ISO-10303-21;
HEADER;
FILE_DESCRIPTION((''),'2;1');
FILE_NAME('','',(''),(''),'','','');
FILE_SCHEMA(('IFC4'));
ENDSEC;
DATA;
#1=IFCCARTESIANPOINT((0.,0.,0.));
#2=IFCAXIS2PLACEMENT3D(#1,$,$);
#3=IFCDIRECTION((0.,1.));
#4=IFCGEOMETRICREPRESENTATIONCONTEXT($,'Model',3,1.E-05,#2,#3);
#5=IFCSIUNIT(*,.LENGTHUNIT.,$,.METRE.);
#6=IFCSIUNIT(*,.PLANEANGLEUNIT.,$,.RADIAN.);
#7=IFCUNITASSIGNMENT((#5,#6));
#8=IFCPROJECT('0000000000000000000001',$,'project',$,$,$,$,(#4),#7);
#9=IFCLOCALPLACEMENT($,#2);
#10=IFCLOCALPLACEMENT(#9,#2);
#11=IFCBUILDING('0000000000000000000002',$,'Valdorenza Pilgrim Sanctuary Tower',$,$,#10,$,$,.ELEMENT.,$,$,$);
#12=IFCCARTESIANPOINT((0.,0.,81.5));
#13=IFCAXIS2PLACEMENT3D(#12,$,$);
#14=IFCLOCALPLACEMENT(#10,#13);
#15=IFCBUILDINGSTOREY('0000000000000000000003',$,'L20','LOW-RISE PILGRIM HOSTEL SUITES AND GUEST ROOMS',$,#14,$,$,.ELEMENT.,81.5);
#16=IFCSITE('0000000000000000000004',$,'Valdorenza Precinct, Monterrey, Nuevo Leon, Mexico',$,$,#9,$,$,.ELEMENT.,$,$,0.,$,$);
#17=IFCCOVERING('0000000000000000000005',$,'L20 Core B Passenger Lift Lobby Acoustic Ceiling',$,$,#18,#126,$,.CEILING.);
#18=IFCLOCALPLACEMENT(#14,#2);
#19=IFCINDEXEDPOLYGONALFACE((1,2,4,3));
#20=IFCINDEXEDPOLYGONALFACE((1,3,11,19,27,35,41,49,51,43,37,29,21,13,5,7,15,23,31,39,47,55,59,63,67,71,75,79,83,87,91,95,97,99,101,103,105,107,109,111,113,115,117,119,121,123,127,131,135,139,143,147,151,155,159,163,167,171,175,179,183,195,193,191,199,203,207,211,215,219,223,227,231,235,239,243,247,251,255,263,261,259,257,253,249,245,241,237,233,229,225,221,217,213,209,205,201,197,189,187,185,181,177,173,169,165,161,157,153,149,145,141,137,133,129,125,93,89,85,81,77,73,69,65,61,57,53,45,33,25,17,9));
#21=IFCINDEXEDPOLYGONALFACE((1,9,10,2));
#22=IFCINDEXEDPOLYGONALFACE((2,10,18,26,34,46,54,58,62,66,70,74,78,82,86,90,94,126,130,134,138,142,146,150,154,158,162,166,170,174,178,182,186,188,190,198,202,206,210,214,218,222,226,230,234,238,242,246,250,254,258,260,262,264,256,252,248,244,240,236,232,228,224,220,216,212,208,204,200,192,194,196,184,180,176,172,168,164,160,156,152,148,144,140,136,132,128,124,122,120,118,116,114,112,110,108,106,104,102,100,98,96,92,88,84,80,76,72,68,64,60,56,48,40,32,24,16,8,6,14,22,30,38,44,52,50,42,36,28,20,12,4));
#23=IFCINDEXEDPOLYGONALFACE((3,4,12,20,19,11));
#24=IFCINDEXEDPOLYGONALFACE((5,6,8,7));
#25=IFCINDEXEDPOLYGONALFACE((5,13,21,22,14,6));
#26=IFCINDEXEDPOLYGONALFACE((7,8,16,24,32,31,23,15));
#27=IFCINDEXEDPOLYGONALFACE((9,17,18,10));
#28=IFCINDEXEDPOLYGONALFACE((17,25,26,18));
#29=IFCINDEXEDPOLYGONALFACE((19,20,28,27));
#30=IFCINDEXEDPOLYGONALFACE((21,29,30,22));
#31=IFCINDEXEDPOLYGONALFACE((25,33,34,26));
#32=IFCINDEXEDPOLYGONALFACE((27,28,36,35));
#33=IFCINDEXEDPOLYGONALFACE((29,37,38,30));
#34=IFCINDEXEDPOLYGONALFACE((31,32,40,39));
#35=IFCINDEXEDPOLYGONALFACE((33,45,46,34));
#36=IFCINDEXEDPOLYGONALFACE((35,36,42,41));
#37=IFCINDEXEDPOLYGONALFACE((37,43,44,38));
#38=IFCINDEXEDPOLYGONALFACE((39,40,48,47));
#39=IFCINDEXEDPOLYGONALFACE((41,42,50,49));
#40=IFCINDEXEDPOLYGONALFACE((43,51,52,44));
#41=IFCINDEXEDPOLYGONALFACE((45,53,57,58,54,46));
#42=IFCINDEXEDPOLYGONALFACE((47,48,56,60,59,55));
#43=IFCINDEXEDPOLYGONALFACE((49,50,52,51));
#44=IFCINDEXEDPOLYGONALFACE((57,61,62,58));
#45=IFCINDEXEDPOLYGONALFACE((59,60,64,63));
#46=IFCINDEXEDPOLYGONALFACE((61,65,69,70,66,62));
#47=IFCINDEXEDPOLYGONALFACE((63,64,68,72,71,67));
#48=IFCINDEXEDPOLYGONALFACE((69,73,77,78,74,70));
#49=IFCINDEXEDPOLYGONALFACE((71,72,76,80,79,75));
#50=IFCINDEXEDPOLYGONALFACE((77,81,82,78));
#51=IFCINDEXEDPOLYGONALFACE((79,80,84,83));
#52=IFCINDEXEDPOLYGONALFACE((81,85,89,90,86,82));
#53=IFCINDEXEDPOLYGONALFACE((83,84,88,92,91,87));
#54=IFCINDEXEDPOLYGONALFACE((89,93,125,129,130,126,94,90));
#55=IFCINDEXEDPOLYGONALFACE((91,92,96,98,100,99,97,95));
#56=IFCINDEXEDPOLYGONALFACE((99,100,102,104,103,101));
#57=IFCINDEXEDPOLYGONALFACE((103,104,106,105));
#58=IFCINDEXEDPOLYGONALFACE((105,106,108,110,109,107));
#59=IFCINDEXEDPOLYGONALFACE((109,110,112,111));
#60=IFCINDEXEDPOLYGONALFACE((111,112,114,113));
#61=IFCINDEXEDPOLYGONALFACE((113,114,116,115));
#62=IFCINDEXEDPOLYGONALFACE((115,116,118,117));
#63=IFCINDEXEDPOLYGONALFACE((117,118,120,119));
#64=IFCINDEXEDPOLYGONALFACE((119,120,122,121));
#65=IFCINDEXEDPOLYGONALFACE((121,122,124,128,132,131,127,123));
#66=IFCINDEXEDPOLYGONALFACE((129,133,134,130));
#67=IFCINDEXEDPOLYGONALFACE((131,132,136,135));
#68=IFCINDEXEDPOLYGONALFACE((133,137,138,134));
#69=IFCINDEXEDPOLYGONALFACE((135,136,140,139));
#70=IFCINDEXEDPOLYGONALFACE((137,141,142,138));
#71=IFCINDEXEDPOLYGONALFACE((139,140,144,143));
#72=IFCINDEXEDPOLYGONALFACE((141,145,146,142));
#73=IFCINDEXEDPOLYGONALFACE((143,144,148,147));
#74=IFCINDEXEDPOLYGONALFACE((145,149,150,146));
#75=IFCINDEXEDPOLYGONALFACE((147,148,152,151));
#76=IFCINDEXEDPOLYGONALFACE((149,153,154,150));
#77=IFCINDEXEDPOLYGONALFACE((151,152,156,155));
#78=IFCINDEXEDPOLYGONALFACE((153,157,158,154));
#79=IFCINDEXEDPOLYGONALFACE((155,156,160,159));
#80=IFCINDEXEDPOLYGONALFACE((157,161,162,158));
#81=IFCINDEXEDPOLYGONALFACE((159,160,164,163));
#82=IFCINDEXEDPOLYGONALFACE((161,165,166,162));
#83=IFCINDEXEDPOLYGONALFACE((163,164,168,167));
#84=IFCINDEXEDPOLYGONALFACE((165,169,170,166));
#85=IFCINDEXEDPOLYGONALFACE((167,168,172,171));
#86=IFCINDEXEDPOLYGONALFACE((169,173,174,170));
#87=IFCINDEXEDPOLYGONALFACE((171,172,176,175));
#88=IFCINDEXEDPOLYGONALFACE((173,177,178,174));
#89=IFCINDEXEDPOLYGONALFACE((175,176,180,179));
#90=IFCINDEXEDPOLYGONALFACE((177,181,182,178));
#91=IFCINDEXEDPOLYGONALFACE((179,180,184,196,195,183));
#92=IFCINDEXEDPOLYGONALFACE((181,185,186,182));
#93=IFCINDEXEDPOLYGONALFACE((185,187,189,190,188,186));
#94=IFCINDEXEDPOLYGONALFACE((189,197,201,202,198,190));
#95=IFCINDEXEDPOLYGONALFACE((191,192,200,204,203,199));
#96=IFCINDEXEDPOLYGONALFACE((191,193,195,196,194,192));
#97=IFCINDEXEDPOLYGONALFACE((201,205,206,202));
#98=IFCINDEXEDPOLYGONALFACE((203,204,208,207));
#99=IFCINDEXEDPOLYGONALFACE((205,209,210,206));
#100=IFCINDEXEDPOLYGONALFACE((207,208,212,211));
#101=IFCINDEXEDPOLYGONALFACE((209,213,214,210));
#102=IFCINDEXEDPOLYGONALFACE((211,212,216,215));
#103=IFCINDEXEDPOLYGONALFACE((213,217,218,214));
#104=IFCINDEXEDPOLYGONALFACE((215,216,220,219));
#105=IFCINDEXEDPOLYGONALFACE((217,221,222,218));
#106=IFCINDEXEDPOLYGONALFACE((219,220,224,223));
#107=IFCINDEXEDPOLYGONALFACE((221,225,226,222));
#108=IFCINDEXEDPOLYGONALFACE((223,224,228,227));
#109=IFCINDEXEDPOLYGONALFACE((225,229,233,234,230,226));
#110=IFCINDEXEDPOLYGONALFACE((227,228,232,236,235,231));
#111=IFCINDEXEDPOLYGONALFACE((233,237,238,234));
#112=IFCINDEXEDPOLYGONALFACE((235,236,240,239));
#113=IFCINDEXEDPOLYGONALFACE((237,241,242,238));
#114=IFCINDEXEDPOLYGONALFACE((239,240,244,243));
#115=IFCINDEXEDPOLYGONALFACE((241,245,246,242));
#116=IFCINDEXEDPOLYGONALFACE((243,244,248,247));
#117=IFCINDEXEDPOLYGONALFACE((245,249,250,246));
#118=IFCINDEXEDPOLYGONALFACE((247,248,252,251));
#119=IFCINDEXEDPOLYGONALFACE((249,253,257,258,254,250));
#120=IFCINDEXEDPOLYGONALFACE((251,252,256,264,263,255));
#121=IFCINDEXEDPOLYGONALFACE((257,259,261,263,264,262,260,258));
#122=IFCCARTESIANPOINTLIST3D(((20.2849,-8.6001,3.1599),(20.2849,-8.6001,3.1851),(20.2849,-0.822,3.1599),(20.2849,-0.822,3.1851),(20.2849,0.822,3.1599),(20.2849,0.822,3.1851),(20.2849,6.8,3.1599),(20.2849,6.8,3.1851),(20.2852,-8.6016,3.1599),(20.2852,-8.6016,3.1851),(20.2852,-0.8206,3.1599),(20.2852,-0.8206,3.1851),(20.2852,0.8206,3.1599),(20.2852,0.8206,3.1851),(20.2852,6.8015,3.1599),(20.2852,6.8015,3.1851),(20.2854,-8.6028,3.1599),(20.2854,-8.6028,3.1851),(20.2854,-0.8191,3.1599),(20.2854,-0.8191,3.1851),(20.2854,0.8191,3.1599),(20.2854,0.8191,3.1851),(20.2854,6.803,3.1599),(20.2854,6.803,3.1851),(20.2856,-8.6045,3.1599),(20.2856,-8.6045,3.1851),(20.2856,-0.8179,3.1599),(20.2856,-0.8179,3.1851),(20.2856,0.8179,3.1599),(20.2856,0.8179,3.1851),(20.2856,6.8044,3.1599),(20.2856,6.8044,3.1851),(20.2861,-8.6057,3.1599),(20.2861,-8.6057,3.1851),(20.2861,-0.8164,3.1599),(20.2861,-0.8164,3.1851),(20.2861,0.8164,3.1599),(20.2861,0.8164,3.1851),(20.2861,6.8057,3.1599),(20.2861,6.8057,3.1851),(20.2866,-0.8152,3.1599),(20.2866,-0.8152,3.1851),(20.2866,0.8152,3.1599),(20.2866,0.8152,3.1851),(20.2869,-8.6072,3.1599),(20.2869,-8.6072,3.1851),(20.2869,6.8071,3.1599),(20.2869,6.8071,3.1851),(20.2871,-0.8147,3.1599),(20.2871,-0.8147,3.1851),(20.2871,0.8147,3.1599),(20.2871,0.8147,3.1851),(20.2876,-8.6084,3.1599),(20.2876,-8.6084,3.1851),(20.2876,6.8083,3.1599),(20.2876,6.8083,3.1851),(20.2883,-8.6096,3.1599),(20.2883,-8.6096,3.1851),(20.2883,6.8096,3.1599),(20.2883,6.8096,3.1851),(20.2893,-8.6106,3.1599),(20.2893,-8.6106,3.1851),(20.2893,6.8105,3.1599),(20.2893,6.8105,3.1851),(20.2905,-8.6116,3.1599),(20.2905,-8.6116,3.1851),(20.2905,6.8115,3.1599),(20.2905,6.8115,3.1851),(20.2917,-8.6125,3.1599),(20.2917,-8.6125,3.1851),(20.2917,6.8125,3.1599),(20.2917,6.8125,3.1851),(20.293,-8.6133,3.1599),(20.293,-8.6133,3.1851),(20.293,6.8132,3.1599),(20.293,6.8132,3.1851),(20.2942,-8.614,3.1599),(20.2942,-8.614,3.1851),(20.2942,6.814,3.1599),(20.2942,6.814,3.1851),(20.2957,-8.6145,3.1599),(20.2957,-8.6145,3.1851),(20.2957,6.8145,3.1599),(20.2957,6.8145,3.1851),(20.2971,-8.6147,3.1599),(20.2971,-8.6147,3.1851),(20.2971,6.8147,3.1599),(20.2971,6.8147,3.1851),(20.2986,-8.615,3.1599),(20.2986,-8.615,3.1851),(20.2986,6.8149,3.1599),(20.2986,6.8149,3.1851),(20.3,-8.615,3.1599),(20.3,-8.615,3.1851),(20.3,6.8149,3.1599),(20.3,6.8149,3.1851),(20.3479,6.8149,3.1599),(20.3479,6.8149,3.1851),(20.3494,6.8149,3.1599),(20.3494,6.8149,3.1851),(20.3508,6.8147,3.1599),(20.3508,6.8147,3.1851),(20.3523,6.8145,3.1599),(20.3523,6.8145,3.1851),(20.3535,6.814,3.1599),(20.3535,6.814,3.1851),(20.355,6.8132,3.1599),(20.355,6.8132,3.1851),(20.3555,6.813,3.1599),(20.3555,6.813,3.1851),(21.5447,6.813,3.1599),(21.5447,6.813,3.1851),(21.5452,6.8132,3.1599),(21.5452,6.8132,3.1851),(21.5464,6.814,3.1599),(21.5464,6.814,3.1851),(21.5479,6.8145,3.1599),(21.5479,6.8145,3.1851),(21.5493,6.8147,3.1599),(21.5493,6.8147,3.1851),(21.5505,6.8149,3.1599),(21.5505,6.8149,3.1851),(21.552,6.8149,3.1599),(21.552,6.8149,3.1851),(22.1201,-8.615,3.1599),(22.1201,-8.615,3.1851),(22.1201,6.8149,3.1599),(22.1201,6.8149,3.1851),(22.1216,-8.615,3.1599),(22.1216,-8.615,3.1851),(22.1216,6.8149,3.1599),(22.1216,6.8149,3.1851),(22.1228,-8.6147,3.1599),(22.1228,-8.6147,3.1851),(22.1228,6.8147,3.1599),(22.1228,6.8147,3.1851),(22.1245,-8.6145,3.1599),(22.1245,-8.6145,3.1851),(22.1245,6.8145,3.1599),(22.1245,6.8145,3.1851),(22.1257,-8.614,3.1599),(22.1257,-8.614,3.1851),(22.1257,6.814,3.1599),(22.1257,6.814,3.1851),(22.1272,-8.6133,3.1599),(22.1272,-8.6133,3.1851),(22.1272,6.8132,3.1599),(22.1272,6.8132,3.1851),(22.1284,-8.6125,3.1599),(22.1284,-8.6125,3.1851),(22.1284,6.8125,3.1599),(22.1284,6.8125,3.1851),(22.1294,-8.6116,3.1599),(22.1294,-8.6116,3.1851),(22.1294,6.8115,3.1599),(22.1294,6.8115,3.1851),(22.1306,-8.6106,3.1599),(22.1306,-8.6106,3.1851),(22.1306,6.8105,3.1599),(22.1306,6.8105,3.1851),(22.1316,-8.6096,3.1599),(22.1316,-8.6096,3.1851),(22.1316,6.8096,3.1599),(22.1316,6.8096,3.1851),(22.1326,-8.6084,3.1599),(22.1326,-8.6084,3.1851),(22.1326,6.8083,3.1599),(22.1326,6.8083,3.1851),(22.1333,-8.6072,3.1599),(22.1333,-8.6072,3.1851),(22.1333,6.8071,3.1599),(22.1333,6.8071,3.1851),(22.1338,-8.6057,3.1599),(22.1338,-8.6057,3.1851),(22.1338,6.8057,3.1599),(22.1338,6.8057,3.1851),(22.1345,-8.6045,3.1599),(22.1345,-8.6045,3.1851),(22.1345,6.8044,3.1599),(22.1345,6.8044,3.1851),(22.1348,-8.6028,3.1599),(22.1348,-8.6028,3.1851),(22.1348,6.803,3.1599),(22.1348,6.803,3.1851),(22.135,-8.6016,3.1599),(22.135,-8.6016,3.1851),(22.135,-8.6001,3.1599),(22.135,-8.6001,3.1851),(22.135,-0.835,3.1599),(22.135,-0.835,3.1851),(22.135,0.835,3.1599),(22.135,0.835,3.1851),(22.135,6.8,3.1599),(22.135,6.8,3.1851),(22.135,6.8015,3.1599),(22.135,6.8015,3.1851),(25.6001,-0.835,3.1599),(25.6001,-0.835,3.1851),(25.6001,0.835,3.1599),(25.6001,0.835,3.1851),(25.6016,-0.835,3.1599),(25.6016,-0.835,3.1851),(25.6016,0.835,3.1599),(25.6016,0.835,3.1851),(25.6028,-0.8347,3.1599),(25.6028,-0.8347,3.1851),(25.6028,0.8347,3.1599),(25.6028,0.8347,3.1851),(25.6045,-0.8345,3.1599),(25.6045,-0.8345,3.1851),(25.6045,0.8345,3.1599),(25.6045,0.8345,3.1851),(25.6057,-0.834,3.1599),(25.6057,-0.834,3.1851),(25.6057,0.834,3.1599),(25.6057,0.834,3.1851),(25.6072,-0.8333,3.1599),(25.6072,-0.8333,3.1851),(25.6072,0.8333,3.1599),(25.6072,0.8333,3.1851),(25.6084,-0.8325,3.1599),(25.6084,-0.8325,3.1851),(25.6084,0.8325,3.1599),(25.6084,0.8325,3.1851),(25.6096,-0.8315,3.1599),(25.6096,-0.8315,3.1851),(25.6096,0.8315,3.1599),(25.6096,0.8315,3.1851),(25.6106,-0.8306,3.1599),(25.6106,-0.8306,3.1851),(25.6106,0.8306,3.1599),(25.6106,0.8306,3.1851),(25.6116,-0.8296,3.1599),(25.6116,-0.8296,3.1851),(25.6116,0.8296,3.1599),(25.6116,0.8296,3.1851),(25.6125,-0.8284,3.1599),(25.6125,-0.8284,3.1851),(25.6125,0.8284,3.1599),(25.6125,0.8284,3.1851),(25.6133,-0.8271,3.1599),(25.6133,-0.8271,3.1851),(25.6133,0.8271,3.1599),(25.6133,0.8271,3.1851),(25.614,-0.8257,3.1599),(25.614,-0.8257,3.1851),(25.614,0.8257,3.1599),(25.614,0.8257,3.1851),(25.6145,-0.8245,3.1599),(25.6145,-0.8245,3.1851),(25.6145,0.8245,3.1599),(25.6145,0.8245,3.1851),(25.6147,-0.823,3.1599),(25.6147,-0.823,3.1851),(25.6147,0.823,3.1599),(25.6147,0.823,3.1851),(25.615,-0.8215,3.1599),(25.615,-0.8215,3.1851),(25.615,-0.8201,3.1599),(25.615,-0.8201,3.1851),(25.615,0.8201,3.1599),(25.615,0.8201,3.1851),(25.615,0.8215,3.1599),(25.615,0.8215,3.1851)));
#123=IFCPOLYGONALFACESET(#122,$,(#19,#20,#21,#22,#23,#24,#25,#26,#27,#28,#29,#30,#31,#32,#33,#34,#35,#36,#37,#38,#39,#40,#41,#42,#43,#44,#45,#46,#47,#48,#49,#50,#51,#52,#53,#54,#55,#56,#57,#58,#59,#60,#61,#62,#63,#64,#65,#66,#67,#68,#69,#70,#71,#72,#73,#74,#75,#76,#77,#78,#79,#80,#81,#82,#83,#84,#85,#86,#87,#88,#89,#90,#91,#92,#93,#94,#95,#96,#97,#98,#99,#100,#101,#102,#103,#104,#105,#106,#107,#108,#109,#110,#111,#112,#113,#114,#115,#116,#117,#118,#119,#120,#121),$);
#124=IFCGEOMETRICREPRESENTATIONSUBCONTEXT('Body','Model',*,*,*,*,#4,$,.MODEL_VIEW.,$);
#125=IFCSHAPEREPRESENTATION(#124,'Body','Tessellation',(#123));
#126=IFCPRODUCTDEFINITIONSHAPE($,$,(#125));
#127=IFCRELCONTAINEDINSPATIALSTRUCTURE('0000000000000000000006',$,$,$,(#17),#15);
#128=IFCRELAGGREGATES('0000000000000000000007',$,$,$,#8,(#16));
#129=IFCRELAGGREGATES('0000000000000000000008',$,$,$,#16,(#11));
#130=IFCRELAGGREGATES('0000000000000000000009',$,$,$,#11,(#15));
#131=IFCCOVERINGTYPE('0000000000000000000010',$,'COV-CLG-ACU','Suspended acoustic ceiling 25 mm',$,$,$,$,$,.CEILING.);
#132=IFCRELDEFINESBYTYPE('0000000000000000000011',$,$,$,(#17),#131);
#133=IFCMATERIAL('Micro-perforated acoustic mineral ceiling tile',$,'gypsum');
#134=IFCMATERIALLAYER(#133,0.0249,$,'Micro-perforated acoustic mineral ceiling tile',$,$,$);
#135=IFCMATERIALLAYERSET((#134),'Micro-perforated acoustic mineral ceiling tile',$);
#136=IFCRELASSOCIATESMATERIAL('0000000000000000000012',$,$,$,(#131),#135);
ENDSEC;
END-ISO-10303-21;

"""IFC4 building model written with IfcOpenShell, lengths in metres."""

from ifc_helpers import new_model, si_unit, direction, frame, origin, place, context, subcontext, project, spatial, polyline, outline, extrude, material, layer, layer_set, type_object, element, save


model = new_model("IFC4")

# Units and contexts
model_context = context("Model", 3, precision=1e-05, world=origin(), true_north=direction((0.0, 1.0)))
body_context = subcontext(model_context, "Body", "Model", "MODEL_VIEW")
ifc_project = project(units=[si_unit("LENGTHUNIT", "METRE"), si_unit("PLANEANGLEUNIT", "RADIAN")], contexts=[model_context])

# Site, building, storey
site_placement = place(None, origin())
site = spatial("IfcSite", under=ifc_project, at=site_placement, Name="Valdorenza Precinct, Monterrey, Nuevo Leon, Mexico", CompositionType="ELEMENT", RefElevation=0.0)
building_placement = place(site_placement, origin())
building = spatial("IfcBuilding", under=site, at=building_placement, Name="Valdorenza Pilgrim Sanctuary Tower", CompositionType="ELEMENT")
storey_placement = place(building_placement, frame((0.0, 0.0, 81.5)))
storey = spatial("IfcBuildingStorey", under=building, at=storey_placement, Name="L20", Description="LOW-RISE PILGRIM HOSTEL SUITES AND GUEST ROOMS", CompositionType="ELEMENT", Elevation=81.5)

# Covering
ifc_material_1 = material(Name="Micro-perforated acoustic mineral ceiling tile", Category="gypsum")
ifc_layer_1 = layer(ifc_material_1, 0.0249, Name="Micro-perforated acoustic mineral ceiling tile")
ifc_layer_set_1 = layer_set([ifc_layer_1], Name="Micro-perforated acoustic mineral ceiling tile")
covering_type_1 = type_object("IfcCoveringType", Name="COV-CLG-ACU", Description="Suspended acoustic ceiling 25 mm", PredefinedType="CEILING", material=ifc_layer_set_1)
covering_1_placement = place(storey_placement, frame((0.0, 0.0, 3.1599)))
element("IfcCovering", 1, at=covering_1_placement, inside=storey, type_object=covering_type_1, Name="L20 Core B Passenger Lift Lobby Acoustic Ceiling", PredefinedType="CEILING", context=body_context, shape_type="SweptSolid", body=[
    extrude(outline(polyline([(20.2871, -0.8147), (20.2871, 0.8147), (20.2866, 0.8152), (20.2861, 0.8164), (20.2856, 0.8179), (20.2854, 0.8191), (20.2852, 0.8206), (20.2849, 0.822), (20.2849, 6.8), (20.2852, 6.8015), (20.2854, 6.803), (20.2856, 6.8044), (20.2861, 6.8057), (20.2869, 6.8071), (20.2876, 6.8083), (20.2883, 6.8096), (20.2893, 6.8105), (20.2905, 6.8115), (20.2917, 6.8125), (20.293, 6.8132), (20.2942, 6.814), (20.2957, 6.8145), (20.2971, 6.8147), (20.2986, 6.8149), (20.3, 6.8149), (20.3479, 6.8149), (20.3494, 6.8149), (20.3508, 6.8147), (20.3523, 6.8145), (20.3535, 6.814), (20.355, 6.8132), (20.3555, 6.813), (21.5447, 6.813), (21.5452, 6.8132), (21.5464, 6.814), (21.5479, 6.8145), (21.5493, 6.8147), (21.5505, 6.8149), (21.552, 6.8149), (22.1201, 6.8149), (22.1216, 6.8149), (22.1228, 6.8147), (22.1245, 6.8145), (22.1257, 6.814), (22.1272, 6.8132), (22.1284, 6.8125), (22.1294, 6.8115), (22.1306, 6.8105), (22.1316, 6.8096), (22.1326, 6.8083), (22.1333, 6.8071), (22.1338, 6.8057), (22.1345, 6.8044), (22.1348, 6.803), (22.135, 6.8015), (22.135, 6.8), (22.135, 0.835), (25.6001, 0.835), (25.6016, 0.835), (25.6028, 0.8347), (25.6045, 0.8345), (25.6057, 0.834), (25.6072, 0.8333), (25.6084, 0.8325), (25.6096, 0.8315), (25.6106, 0.8306), (25.6116, 0.8296), (25.6125, 0.8284), (25.6133, 0.8271), (25.614, 0.8257), (25.6145, 0.8245), (25.6147, 0.823), (25.615, 0.8215), (25.615, 0.8201), (25.615, -0.8201), (25.615, -0.8215), (25.6147, -0.823), (25.6145, -0.8245), (25.614, -0.8257), (25.6133, -0.8271), (25.6125, -0.8284), (25.6116, -0.8296), (25.6106, -0.8306), (25.6096, -0.8315), (25.6084, -0.8325), (25.6072, -0.8333), (25.6057, -0.834), (25.6045, -0.8345), (25.6028, -0.8347), (25.6016, -0.835), (25.6001, -0.835), (22.135, -0.835), (22.135, -8.6001), (22.135, -8.6016), (22.1348, -8.6028), (22.1345, -8.6045), (22.1338, -8.6057), (22.1333, -8.6072), (22.1326, -8.6084), (22.1316, -8.6096), (22.1306, -8.6106), (22.1294, -8.6116), (22.1284, -8.6125), (22.1272, -8.6133), (22.1257, -8.614), (22.1245, -8.6145), (22.1228, -8.6147), (22.1216, -8.615), (22.1201, -8.615), (20.3, -8.615), (20.2986, -8.615), (20.2971, -8.6147), (20.2957, -8.6145), (20.2942, -8.614), (20.293, -8.6133), (20.2917, -8.6125), (20.2905, -8.6116), (20.2893, -8.6106), (20.2883, -8.6096), (20.2876, -8.6084), (20.2869, -8.6072), (20.2861, -8.6057), (20.2856, -8.6045), (20.2854, -8.6028), (20.2852, -8.6016), (20.2849, -8.6001), (20.2849, -0.822), (20.2852, -0.8206), (20.2854, -0.8191), (20.2856, -0.8179), (20.2861, -0.8164), (20.2866, -0.8152), (20.2871, -0.8147)])), origin(), (0.0, 0.0, 1.0), 0.0251),
])

save(model, "model.ifc")
